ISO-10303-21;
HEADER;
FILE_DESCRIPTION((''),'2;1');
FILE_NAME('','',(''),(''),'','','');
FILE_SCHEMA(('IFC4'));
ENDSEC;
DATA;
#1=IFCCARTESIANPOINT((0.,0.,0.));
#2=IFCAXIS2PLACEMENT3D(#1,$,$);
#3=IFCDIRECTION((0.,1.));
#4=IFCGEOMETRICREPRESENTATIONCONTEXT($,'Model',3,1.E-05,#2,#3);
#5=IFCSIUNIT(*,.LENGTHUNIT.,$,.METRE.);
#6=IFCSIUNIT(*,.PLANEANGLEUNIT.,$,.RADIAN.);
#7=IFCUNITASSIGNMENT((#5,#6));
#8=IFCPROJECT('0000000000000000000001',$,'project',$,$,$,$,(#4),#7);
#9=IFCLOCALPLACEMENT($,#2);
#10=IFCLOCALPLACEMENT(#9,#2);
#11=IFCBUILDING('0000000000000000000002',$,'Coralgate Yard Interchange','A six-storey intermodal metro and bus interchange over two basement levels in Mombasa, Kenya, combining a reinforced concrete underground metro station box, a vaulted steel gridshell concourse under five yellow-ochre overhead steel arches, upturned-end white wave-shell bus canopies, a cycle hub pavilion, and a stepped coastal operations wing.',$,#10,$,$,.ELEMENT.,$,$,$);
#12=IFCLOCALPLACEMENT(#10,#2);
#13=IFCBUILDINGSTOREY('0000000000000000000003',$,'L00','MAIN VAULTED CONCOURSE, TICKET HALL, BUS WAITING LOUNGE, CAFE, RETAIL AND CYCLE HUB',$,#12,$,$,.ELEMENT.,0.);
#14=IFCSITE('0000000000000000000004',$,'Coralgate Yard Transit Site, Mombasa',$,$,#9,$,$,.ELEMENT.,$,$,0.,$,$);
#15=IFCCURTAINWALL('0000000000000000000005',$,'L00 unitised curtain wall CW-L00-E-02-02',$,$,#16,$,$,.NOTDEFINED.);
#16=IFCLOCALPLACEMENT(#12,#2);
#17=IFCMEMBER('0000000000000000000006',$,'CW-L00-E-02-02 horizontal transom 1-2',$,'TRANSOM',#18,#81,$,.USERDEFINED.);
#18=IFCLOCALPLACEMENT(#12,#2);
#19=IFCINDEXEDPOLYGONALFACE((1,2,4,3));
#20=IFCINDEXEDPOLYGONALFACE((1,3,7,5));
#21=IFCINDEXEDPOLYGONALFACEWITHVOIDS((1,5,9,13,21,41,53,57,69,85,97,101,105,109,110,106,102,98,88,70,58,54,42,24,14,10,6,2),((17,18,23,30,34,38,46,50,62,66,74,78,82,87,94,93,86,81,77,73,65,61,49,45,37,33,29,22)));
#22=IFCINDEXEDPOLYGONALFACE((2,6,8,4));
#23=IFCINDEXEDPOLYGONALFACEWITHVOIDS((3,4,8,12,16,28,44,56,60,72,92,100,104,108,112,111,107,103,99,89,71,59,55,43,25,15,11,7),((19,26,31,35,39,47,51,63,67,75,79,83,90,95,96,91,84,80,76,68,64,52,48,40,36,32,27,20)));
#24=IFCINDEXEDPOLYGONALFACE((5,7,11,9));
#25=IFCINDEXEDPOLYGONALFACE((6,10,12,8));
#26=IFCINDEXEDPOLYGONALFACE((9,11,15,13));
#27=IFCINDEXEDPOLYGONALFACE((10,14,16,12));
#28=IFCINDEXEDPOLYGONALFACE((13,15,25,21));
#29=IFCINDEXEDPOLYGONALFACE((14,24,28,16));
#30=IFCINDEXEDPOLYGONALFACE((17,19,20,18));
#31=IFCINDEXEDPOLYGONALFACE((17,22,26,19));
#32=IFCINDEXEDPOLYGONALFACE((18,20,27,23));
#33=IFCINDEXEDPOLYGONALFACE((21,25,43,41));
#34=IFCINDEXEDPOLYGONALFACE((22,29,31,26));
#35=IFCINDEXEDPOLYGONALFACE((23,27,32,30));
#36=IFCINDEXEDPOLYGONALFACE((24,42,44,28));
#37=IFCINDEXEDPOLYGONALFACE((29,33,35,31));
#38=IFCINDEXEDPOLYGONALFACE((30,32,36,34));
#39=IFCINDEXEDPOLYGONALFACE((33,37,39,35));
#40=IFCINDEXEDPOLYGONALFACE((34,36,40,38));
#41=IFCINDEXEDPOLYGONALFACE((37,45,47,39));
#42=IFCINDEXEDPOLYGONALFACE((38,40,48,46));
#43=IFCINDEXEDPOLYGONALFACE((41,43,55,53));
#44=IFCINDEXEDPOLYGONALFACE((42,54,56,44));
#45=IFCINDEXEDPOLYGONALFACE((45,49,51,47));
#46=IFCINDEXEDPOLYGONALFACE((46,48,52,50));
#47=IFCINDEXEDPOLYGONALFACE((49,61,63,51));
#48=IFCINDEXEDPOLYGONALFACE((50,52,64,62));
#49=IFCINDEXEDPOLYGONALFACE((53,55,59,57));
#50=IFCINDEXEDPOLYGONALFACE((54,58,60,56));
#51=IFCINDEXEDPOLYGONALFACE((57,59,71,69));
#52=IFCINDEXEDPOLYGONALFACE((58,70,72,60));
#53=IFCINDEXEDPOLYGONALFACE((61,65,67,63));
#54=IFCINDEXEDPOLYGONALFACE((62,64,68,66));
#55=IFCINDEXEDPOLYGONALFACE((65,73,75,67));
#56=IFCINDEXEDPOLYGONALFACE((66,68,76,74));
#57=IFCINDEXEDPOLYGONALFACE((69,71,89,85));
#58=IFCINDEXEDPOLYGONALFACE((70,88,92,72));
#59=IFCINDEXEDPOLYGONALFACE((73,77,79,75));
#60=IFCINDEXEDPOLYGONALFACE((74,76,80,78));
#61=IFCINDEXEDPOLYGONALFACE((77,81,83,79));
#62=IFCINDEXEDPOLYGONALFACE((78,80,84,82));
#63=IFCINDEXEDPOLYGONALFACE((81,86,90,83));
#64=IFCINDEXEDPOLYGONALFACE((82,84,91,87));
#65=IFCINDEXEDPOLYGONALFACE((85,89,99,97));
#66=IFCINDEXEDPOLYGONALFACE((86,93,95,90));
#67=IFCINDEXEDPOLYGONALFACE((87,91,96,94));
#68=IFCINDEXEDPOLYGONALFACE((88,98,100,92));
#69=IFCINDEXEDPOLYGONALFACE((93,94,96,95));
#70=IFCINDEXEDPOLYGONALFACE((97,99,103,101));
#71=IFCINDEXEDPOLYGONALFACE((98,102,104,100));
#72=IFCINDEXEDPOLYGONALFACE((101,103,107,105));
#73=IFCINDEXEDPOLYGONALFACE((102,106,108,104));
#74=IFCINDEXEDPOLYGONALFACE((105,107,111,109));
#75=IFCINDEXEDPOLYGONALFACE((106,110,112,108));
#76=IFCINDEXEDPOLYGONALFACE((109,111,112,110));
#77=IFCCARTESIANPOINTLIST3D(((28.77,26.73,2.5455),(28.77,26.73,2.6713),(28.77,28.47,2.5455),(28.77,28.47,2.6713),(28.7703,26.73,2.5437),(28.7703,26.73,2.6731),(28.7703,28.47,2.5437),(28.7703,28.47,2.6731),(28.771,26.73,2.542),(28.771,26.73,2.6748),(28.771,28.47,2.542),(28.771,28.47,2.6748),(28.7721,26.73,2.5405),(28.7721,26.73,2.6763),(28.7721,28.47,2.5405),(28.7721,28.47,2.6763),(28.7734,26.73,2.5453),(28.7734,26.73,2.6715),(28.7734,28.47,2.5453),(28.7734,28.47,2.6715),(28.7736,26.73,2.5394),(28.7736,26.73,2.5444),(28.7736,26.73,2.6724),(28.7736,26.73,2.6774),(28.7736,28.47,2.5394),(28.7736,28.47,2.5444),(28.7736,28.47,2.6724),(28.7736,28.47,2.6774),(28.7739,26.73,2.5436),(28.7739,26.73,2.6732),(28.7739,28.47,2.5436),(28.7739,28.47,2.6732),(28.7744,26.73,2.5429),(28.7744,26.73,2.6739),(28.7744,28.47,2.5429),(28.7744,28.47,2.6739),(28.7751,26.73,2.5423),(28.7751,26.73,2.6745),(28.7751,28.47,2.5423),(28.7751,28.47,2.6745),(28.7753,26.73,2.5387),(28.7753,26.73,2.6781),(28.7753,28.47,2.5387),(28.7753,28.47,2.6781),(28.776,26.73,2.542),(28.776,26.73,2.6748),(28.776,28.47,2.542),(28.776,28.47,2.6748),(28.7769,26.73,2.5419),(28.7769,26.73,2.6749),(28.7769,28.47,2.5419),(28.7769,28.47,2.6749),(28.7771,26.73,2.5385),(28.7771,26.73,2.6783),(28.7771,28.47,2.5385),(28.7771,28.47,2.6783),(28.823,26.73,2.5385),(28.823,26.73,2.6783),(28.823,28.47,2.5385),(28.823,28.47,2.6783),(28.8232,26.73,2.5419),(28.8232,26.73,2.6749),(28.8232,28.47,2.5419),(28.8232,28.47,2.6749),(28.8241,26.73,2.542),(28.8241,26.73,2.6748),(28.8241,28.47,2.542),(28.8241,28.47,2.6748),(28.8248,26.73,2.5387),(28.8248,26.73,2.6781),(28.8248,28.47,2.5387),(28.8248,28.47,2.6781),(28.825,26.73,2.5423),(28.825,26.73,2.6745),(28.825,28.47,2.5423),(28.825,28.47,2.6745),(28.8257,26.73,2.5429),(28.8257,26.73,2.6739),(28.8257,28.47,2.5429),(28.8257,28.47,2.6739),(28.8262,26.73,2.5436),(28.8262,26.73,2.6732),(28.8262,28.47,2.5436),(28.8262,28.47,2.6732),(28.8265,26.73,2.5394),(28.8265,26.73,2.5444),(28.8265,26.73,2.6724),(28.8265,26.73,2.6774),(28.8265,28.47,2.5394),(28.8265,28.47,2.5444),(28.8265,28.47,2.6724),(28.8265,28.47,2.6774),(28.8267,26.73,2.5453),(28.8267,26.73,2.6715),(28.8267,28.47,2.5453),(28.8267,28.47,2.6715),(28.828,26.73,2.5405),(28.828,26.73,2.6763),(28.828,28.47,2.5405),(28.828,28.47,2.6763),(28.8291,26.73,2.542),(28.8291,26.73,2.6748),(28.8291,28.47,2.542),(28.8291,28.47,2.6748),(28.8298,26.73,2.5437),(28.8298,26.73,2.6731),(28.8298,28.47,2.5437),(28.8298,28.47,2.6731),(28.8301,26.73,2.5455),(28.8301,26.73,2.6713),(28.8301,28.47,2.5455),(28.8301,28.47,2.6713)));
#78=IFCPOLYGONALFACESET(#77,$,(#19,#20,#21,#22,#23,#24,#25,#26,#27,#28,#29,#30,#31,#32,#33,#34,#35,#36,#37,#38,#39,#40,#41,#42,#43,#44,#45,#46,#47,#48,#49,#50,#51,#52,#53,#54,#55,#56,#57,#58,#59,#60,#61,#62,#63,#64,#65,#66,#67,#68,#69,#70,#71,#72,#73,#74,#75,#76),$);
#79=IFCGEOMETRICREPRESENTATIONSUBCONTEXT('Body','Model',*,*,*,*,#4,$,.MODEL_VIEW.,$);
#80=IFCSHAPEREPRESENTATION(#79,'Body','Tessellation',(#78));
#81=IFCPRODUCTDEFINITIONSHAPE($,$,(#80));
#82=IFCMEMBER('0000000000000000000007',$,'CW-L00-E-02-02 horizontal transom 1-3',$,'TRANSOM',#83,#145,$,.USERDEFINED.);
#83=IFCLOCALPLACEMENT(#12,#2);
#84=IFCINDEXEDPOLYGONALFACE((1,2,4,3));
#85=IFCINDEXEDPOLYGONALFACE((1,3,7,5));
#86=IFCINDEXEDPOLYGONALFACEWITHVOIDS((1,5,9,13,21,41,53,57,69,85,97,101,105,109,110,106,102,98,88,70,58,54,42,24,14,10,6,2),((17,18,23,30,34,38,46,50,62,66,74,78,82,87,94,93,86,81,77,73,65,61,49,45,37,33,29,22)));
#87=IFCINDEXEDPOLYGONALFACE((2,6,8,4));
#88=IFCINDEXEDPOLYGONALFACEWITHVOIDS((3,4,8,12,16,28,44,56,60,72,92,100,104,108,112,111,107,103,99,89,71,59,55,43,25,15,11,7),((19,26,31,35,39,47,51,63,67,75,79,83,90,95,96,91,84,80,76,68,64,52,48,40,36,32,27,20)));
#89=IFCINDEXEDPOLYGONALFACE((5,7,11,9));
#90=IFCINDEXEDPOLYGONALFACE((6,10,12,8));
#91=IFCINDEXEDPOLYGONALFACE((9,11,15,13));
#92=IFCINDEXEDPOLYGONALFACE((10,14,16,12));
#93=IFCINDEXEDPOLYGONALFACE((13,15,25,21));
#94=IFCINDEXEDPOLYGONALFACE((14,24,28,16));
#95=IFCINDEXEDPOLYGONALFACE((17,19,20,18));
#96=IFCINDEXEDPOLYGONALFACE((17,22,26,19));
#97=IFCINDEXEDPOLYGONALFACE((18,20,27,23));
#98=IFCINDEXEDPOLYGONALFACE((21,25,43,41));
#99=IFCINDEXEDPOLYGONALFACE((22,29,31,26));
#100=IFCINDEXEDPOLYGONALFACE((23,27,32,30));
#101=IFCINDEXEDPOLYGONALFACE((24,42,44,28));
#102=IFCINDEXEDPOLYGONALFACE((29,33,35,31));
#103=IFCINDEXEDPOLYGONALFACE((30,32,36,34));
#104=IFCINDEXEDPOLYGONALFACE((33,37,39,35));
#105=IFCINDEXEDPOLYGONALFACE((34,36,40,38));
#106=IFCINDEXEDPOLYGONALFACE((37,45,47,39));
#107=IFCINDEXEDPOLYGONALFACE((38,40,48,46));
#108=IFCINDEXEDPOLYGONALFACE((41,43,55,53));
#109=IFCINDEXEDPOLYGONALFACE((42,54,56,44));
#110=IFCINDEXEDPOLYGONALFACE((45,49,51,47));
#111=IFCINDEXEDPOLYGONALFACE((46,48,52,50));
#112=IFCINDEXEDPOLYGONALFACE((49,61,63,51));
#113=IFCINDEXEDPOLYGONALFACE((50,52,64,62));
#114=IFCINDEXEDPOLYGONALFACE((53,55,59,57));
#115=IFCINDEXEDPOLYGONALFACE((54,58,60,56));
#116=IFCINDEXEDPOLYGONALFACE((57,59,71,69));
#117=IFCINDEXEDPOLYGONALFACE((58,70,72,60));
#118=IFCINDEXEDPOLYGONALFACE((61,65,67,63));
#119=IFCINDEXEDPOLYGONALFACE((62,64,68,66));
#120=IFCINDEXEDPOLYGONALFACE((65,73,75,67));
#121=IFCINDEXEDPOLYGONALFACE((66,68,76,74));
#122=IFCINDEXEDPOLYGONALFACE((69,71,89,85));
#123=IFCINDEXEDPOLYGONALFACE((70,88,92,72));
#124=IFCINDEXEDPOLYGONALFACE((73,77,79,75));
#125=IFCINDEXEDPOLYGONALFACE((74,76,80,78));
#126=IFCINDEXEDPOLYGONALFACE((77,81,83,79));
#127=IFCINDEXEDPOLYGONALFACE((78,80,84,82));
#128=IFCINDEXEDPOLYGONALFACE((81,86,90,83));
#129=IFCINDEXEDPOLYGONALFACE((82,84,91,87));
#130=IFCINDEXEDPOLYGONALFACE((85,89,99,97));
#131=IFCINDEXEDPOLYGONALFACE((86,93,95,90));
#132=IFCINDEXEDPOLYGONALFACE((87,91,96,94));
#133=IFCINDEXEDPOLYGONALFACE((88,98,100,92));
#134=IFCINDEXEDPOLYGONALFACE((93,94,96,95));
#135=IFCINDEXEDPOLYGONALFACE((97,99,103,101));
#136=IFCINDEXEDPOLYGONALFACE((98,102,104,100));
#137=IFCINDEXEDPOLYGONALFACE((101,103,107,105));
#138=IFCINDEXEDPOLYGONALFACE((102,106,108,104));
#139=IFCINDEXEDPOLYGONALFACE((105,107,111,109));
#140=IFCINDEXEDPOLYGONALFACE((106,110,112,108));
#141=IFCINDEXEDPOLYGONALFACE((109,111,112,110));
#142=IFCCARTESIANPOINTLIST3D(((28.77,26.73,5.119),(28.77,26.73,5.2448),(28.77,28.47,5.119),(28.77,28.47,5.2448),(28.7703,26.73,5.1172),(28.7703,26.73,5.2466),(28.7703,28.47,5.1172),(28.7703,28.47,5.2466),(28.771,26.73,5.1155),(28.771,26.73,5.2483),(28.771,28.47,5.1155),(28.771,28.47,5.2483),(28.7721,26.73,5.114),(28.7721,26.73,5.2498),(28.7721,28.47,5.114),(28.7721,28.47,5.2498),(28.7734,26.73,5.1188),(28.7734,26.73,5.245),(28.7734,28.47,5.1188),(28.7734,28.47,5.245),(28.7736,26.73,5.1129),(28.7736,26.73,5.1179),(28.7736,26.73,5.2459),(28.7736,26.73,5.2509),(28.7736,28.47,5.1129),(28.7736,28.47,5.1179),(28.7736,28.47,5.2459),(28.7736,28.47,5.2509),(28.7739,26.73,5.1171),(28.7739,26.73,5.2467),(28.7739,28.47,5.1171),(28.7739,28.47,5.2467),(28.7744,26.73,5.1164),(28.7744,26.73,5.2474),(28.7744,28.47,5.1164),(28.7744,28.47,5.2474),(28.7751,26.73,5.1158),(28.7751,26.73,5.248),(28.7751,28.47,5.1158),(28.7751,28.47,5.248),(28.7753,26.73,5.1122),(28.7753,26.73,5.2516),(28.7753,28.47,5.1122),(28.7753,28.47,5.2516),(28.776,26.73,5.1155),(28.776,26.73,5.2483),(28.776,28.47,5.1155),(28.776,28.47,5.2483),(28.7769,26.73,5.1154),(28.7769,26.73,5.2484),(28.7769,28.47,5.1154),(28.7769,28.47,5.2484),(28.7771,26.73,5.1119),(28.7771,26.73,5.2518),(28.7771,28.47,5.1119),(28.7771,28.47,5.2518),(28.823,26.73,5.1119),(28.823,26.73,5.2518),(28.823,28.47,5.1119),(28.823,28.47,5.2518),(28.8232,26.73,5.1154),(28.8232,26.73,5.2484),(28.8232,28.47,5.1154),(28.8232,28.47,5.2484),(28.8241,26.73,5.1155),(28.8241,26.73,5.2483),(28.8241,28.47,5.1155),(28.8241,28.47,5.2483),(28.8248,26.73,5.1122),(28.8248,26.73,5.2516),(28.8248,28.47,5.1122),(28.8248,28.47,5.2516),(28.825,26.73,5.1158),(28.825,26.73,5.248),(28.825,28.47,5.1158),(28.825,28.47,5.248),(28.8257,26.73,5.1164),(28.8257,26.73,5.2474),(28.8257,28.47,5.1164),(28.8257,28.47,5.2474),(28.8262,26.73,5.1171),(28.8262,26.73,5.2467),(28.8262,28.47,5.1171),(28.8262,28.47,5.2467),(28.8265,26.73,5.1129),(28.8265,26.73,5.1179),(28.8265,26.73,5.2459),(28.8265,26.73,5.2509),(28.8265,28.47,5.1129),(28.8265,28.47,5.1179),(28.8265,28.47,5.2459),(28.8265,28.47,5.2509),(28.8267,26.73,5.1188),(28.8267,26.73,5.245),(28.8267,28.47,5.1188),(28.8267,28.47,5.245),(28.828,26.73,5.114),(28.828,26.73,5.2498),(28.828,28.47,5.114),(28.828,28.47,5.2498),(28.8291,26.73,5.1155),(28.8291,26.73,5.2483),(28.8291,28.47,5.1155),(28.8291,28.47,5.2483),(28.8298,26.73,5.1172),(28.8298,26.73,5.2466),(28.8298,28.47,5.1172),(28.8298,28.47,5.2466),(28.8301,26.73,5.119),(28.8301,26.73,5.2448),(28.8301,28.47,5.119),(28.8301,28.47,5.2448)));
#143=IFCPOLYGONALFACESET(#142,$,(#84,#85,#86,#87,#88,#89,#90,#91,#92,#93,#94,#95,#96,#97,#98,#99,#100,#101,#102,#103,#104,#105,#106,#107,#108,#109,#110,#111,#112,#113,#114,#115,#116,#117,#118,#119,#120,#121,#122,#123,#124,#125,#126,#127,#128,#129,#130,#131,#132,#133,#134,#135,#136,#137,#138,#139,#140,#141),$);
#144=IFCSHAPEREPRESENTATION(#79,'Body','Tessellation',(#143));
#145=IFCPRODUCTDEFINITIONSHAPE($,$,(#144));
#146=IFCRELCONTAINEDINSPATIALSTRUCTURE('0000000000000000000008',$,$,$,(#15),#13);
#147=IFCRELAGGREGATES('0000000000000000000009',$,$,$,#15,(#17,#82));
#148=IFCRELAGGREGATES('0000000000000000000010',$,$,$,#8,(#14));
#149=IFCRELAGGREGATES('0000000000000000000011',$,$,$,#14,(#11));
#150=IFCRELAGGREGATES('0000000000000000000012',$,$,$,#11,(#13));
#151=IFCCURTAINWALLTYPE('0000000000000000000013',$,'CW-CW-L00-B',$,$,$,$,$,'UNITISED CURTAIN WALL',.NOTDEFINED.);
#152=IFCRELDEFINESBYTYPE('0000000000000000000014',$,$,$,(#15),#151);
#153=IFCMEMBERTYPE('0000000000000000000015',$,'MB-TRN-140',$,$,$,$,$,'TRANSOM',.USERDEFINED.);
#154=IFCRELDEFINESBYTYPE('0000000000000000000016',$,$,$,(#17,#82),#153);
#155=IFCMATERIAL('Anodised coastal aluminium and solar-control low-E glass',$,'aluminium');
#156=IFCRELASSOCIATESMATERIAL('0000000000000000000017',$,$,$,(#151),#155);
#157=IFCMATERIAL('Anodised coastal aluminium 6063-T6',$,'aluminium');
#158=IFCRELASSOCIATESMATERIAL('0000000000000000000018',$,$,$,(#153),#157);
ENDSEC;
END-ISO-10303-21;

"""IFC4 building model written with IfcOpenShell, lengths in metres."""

from ifc_helpers import new_model, si_unit, direction, frame, origin, origin_2d, place, context, subcontext, project, spatial, hollow_rectangle, extrude, material, material_profile, profile_set, type_object, element, aggregate, save


model = new_model("IFC4")

# Units and contexts
model_context = context("Model", 3, precision=1e-05, world=origin(), true_north=direction((0.0, 1.0)))
body_context = subcontext(model_context, "Body", "Model", "MODEL_VIEW")
ifc_project = project(units=[si_unit("LENGTHUNIT", "METRE"), si_unit("PLANEANGLEUNIT", "RADIAN")], contexts=[model_context])

# Site, building, storey
site_placement = place(None, origin())
site = spatial("IfcSite", under=ifc_project, at=site_placement, Name="Coralgate Yard Transit Site, Mombasa", CompositionType="ELEMENT", RefElevation=0.0)
building_placement = place(site_placement, origin())
building = spatial("IfcBuilding", under=site, at=building_placement, Name="Coralgate Yard Interchange", Description="A six-storey intermodal metro and bus interchange over two basement levels in Mombasa, Kenya, combining a reinforced concrete underground metro station box, a vaulted steel gridshell concourse under five yellow-ochre overhead steel arches, upturned-end white wave-shell bus canopies, a cycle hub pavilion, and a stepped coastal operations wing.", CompositionType="ELEMENT")
storey_placement = place(building_placement, origin())
storey = spatial("IfcBuildingStorey", under=building, at=storey_placement, Name="L00", Description="MAIN VAULTED CONCOURSE, TICKET HALL, BUS WAITING LOUNGE, CAFE, RETAIL AND CYCLE HUB", CompositionType="ELEMENT", Elevation=0.0)

# Curtain wall
ifc_material_1 = material(Name="Anodised coastal aluminium and solar-control low-E glass", Category="aluminium")
curtain_wall_type_1 = type_object("IfcCurtainWallType", Name="CW-CW-L00-B", ElementType="UNITISED CURTAIN WALL", PredefinedType="NOTDEFINED", material=ifc_material_1)
curtain_wall_1_placement = place(storey_placement, origin())
curtain_wall_1 = element("IfcCurtainWall", 1, at=curtain_wall_1_placement, inside=storey, type_object=curtain_wall_type_1, Name="L00 unitised curtain wall CW-L00-E-02-02", PredefinedType="NOTDEFINED")
ifc_material_2 = material(Name="Anodised coastal aluminium 6063-T6", Category="aluminium")

# Members
ifc_material_profile_1 = material_profile(ifc_material_2, hollow_rectangle(XDim=0.0601, YDim=0.1399, WallThickness=0.0034, InnerFilletRadius=0.0034, OuterFilletRadius=0.0071, at=origin_2d()), Name="ALU 60x140x3.5")
ifc_profile_set_1 = profile_set([ifc_material_profile_1], Name="Anodised coastal aluminium 6063-T6")
member_type_1 = type_object("IfcMemberType", Name="MB-TRN-140", ElementType="TRANSOM", PredefinedType="USERDEFINED", material=ifc_profile_set_1)
member_1_placement = place(storey_placement, frame((28.8, 28.47, 2.6084), z_axis=(0.0, -1.0, 0.0), x_axis=(1.0, 0.0, 0.0)))
member_1 = element("IfcMember", 2, at=member_1_placement, type_object=member_type_1, Name="CW-L00-E-02-02 horizontal transom 1-2", ObjectType="TRANSOM", PredefinedType="USERDEFINED", context=body_context, shape_type="SweptSolid", body=[
    extrude(hollow_rectangle(XDim=0.0601, YDim=0.1399, WallThickness=0.0034, InnerFilletRadius=0.0034, OuterFilletRadius=0.0071, at=origin_2d()), origin(), (0.0, 0.0, 1.0), 1.74),
])
member_2_placement = place(storey_placement, frame((28.8, 28.47, 5.1819), z_axis=(0.0, -1.0, 0.0), x_axis=(1.0, 0.0, 0.0)))
member_2 = element("IfcMember", 3, at=member_2_placement, type_object=member_type_1, Name="CW-L00-E-02-02 horizontal transom 1-3", ObjectType="TRANSOM", PredefinedType="USERDEFINED", context=body_context, shape_type="SweptSolid", body=[
    extrude(hollow_rectangle(XDim=0.0601, YDim=0.1399, WallThickness=0.0034, InnerFilletRadius=0.0034, OuterFilletRadius=0.0071, at=origin_2d()), origin(), (0.0, 0.0, 1.0), 1.74),
])

aggregate(curtain_wall_1, [member_1, member_2])

save(model, "model.ifc")
